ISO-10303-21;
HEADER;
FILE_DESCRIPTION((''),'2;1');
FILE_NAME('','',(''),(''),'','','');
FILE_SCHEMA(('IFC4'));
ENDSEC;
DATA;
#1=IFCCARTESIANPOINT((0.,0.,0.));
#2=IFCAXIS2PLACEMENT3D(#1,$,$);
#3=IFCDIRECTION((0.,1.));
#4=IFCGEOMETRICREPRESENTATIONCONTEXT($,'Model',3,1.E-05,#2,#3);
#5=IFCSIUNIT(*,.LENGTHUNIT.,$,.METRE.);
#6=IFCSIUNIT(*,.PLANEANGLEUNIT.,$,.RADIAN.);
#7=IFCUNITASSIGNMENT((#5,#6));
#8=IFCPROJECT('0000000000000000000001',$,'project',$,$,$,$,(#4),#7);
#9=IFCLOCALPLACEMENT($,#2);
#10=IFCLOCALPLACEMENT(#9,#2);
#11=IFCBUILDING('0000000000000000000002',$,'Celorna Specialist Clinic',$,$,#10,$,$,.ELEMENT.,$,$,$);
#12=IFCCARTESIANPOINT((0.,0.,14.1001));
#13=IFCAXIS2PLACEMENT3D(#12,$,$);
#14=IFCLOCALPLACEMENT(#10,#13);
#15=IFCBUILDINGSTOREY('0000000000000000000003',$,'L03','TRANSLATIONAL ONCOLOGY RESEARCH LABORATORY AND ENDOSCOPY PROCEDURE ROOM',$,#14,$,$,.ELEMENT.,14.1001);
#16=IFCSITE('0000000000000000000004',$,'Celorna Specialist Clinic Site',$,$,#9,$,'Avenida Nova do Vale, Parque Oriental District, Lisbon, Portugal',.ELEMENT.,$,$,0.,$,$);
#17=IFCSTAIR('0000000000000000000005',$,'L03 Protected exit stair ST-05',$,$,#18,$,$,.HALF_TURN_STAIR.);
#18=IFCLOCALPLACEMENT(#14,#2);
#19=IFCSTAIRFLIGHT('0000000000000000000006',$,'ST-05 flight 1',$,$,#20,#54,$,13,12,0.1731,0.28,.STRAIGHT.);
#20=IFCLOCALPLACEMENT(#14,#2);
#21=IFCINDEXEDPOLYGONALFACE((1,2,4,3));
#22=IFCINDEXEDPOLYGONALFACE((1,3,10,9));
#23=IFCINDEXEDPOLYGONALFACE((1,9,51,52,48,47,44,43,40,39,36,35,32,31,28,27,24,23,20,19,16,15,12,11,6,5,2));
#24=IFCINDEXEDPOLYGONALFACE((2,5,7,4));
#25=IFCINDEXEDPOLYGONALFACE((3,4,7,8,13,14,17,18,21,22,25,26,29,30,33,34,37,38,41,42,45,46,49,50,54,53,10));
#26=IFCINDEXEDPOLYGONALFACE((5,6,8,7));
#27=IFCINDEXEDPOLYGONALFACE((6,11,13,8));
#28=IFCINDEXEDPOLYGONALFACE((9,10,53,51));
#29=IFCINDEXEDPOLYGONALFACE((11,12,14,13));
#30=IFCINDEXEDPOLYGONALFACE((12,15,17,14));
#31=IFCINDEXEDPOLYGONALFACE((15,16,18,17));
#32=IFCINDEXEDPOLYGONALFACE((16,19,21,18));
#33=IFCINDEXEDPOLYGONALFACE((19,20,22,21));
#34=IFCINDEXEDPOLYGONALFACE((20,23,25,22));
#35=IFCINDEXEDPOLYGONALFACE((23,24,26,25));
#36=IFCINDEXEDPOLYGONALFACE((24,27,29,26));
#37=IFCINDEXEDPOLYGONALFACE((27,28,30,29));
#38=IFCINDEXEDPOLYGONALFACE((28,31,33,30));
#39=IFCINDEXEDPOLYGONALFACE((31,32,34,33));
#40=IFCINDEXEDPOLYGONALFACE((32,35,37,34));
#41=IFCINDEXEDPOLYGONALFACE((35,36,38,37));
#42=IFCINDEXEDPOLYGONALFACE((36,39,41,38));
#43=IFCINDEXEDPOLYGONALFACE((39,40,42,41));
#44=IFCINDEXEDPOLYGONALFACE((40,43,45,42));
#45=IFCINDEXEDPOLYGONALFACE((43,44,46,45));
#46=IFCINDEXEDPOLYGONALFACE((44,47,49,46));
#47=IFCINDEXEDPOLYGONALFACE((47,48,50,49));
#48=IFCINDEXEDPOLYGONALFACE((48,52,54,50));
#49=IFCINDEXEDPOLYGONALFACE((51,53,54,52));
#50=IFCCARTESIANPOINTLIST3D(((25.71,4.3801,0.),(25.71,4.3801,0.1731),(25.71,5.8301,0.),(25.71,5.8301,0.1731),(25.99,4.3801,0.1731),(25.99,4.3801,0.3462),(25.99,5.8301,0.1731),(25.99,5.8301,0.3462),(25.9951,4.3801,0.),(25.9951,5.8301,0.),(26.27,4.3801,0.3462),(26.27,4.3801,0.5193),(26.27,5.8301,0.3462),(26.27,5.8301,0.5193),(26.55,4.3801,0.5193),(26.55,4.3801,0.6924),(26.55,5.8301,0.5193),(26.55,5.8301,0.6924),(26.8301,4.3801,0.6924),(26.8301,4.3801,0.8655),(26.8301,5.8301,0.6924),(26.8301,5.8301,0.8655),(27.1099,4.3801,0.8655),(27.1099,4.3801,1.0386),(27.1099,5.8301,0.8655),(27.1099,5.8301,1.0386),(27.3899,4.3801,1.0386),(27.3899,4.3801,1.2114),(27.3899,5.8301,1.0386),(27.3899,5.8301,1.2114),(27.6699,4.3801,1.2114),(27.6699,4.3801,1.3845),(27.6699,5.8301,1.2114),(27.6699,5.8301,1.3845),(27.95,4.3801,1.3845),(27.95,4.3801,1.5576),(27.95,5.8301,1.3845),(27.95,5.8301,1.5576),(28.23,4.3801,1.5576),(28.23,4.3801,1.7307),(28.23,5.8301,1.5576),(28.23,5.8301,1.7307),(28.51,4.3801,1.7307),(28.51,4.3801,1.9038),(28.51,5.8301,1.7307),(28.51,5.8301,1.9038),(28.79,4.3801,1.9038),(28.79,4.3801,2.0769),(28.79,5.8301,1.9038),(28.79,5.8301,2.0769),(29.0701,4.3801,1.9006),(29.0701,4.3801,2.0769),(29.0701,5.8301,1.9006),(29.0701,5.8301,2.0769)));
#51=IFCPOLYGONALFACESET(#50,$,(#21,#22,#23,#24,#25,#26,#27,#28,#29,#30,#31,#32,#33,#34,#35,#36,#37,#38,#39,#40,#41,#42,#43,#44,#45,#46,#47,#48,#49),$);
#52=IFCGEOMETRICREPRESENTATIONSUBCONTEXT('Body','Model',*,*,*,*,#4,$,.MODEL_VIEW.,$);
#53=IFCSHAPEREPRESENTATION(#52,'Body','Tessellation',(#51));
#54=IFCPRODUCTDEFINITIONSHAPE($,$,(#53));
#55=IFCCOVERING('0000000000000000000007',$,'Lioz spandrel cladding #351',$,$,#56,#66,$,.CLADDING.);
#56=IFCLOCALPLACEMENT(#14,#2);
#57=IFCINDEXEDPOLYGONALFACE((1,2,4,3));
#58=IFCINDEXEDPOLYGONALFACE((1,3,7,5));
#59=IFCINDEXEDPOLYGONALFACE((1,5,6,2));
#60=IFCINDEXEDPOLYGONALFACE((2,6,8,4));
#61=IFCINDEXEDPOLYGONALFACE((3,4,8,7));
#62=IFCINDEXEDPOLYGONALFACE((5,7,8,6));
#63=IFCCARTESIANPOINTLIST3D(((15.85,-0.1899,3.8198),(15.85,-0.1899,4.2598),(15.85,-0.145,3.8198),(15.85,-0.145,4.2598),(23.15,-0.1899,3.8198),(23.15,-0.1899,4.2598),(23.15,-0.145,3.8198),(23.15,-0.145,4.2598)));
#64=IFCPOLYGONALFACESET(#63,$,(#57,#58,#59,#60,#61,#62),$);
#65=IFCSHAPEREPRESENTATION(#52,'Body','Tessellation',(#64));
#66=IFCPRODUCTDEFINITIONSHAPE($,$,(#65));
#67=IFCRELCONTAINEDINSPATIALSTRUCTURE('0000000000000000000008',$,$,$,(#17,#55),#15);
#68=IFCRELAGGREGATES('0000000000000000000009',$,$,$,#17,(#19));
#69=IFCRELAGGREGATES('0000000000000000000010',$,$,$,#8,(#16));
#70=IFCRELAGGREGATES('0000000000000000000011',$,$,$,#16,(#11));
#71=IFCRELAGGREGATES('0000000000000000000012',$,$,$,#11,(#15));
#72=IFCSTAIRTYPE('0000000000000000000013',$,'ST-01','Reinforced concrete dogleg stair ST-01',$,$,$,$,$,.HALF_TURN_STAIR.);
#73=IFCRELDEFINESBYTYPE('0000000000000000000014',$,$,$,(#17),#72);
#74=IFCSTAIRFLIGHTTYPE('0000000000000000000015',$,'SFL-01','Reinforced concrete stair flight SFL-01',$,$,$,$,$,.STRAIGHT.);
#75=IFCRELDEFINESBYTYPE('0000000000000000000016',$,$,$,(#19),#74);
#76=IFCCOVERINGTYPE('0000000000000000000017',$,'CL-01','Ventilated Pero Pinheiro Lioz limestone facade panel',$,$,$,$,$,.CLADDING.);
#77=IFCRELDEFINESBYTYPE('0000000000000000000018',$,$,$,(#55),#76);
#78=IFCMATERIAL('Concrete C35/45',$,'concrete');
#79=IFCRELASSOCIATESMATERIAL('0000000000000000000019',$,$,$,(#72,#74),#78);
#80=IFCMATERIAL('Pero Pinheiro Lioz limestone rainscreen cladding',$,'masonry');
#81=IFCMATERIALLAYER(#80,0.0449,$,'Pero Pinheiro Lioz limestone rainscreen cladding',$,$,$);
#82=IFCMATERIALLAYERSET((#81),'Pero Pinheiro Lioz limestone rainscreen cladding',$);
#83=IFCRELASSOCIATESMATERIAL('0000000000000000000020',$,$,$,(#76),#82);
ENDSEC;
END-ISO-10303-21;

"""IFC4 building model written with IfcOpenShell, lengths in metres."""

from ifc_helpers import new_model, si_unit, direction, frame, origin, origin_2d, place, context, subcontext, project, spatial, polyline, rectangle, outline, extrude, material, layer, layer_set, type_object, element, aggregate, save


model = new_model("IFC4")

# Units and contexts
model_context = context("Model", 3, precision=1e-05, world=origin(), true_north=direction((0.0, 1.0)))
body_context = subcontext(model_context, "Body", "Model", "MODEL_VIEW")
ifc_project = project(units=[si_unit("LENGTHUNIT", "METRE"), si_unit("PLANEANGLEUNIT", "RADIAN")], contexts=[model_context])

# Site, building, storey
site_placement = place(None, origin())
site = spatial("IfcSite", under=ifc_project, at=site_placement, Name="Celorna Specialist Clinic Site", LongName="Avenida Nova do Vale, Parque Oriental District, Lisbon, Portugal", CompositionType="ELEMENT", RefElevation=0.0)
building_placement = place(site_placement, origin())
building = spatial("IfcBuilding", under=site, at=building_placement, Name="Celorna Specialist Clinic", CompositionType="ELEMENT")
storey_placement = place(building_placement, frame((0.0, 0.0, 14.1001)))
storey = spatial("IfcBuildingStorey", under=building, at=storey_placement, Name="L03", Description="TRANSLATIONAL ONCOLOGY RESEARCH LABORATORY AND ENDOSCOPY PROCEDURE ROOM", CompositionType="ELEMENT", Elevation=14.1001)

# Shared definitions
ifc_material_1 = material(Name="Concrete C35/45", Category="concrete")

# Stair, stair flight
stair_type = type_object("IfcStairType", Name="ST-01", Description="Reinforced concrete dogleg stair ST-01", PredefinedType="HALF_TURN_STAIR", material=ifc_material_1)
stair_placement = place(storey_placement, origin())
stair = element("IfcStair", 1, at=stair_placement, inside=storey, type_object=stair_type, Name="L03 Protected exit stair ST-05", PredefinedType="HALF_TURN_STAIR")
stair_flight_type = type_object("IfcStairFlightType", Name="SFL-01", Description="Reinforced concrete stair flight SFL-01", PredefinedType="STRAIGHT", material=ifc_material_1)
stair_flight_placement = place(storey_placement, frame((25.71, 5.105, 0.0), z_axis=(0.0, 0.0, 1.0), x_axis=(1.0, 0.0, 0.0)))
stair_flight = element("IfcStairFlight", 2, at=stair_flight_placement, type_object=stair_flight_type, Name="ST-05 flight 1", NumberOfRisers=13, NumberOfTreads=12, PredefinedType="STRAIGHT", RiserHeight=0.1731, TreadLength=0.28, context=body_context, shape_type="SweptSolid", body=[
    extrude(outline(polyline([(0.0, 0.0), (0.0, 0.1731), (0.28, 0.1731), (0.28, 0.3462), (0.5601, 0.3462), (0.5601, 0.5193), (0.8401, 0.5193), (0.8401, 0.6924), (1.1201, 0.6924), (1.1201, 0.8655), (1.3999, 0.8655), (1.3999, 1.0386), (1.6799, 1.0386), (1.6799, 1.2114), (1.96, 1.2114), (1.96, 1.3845), (2.24, 1.3845), (2.24, 1.5576), (2.52, 1.5576), (2.52, 1.7307), (2.8, 1.7307), (2.8, 1.9038), (3.0801, 1.9038), (3.0801, 2.0769), (3.3601, 2.0769), (3.3601, 2.25), (3.3601, 1.9006), (0.2852, 0.0), (0.0, 0.0)])), frame((0.0, 0.7251, 0.0), z_axis=(0.0, -1.0, 0.0), x_axis=(1.0, 0.0, 0.0)), (0.0, 0.0, 1.0), 1.45),
])
aggregate(stair, [stair_flight])

# Covering
ifc_material_2 = material(Name="Pero Pinheiro Lioz limestone rainscreen cladding", Category="masonry")
ifc_layer_1 = layer(ifc_material_2, 0.0449, Name="Pero Pinheiro Lioz limestone rainscreen cladding")
ifc_layer_set_1 = layer_set([ifc_layer_1], Name="Pero Pinheiro Lioz limestone rainscreen cladding")
covering_type = type_object("IfcCoveringType", Name="CL-01", Description="Ventilated Pero Pinheiro Lioz limestone facade panel", PredefinedType="CLADDING", material=ifc_layer_set_1)
covering_placement = place(storey_placement, frame((19.5, -0.1675, 3.8198), z_axis=(0.0, 0.0, 1.0), x_axis=(-1.0, 0.0, 0.0)))
element("IfcCovering", 3, at=covering_placement, inside=storey, type_object=covering_type, Name="Lioz spandrel cladding #351", PredefinedType="CLADDING", context=body_context, shape_type="SweptSolid", body=[
    extrude(rectangle(XDim=7.3, YDim=0.0449, at=origin_2d()), origin(), (0.0, 0.0, 1.0), 0.4399),
])

save(model, "model.ifc")
